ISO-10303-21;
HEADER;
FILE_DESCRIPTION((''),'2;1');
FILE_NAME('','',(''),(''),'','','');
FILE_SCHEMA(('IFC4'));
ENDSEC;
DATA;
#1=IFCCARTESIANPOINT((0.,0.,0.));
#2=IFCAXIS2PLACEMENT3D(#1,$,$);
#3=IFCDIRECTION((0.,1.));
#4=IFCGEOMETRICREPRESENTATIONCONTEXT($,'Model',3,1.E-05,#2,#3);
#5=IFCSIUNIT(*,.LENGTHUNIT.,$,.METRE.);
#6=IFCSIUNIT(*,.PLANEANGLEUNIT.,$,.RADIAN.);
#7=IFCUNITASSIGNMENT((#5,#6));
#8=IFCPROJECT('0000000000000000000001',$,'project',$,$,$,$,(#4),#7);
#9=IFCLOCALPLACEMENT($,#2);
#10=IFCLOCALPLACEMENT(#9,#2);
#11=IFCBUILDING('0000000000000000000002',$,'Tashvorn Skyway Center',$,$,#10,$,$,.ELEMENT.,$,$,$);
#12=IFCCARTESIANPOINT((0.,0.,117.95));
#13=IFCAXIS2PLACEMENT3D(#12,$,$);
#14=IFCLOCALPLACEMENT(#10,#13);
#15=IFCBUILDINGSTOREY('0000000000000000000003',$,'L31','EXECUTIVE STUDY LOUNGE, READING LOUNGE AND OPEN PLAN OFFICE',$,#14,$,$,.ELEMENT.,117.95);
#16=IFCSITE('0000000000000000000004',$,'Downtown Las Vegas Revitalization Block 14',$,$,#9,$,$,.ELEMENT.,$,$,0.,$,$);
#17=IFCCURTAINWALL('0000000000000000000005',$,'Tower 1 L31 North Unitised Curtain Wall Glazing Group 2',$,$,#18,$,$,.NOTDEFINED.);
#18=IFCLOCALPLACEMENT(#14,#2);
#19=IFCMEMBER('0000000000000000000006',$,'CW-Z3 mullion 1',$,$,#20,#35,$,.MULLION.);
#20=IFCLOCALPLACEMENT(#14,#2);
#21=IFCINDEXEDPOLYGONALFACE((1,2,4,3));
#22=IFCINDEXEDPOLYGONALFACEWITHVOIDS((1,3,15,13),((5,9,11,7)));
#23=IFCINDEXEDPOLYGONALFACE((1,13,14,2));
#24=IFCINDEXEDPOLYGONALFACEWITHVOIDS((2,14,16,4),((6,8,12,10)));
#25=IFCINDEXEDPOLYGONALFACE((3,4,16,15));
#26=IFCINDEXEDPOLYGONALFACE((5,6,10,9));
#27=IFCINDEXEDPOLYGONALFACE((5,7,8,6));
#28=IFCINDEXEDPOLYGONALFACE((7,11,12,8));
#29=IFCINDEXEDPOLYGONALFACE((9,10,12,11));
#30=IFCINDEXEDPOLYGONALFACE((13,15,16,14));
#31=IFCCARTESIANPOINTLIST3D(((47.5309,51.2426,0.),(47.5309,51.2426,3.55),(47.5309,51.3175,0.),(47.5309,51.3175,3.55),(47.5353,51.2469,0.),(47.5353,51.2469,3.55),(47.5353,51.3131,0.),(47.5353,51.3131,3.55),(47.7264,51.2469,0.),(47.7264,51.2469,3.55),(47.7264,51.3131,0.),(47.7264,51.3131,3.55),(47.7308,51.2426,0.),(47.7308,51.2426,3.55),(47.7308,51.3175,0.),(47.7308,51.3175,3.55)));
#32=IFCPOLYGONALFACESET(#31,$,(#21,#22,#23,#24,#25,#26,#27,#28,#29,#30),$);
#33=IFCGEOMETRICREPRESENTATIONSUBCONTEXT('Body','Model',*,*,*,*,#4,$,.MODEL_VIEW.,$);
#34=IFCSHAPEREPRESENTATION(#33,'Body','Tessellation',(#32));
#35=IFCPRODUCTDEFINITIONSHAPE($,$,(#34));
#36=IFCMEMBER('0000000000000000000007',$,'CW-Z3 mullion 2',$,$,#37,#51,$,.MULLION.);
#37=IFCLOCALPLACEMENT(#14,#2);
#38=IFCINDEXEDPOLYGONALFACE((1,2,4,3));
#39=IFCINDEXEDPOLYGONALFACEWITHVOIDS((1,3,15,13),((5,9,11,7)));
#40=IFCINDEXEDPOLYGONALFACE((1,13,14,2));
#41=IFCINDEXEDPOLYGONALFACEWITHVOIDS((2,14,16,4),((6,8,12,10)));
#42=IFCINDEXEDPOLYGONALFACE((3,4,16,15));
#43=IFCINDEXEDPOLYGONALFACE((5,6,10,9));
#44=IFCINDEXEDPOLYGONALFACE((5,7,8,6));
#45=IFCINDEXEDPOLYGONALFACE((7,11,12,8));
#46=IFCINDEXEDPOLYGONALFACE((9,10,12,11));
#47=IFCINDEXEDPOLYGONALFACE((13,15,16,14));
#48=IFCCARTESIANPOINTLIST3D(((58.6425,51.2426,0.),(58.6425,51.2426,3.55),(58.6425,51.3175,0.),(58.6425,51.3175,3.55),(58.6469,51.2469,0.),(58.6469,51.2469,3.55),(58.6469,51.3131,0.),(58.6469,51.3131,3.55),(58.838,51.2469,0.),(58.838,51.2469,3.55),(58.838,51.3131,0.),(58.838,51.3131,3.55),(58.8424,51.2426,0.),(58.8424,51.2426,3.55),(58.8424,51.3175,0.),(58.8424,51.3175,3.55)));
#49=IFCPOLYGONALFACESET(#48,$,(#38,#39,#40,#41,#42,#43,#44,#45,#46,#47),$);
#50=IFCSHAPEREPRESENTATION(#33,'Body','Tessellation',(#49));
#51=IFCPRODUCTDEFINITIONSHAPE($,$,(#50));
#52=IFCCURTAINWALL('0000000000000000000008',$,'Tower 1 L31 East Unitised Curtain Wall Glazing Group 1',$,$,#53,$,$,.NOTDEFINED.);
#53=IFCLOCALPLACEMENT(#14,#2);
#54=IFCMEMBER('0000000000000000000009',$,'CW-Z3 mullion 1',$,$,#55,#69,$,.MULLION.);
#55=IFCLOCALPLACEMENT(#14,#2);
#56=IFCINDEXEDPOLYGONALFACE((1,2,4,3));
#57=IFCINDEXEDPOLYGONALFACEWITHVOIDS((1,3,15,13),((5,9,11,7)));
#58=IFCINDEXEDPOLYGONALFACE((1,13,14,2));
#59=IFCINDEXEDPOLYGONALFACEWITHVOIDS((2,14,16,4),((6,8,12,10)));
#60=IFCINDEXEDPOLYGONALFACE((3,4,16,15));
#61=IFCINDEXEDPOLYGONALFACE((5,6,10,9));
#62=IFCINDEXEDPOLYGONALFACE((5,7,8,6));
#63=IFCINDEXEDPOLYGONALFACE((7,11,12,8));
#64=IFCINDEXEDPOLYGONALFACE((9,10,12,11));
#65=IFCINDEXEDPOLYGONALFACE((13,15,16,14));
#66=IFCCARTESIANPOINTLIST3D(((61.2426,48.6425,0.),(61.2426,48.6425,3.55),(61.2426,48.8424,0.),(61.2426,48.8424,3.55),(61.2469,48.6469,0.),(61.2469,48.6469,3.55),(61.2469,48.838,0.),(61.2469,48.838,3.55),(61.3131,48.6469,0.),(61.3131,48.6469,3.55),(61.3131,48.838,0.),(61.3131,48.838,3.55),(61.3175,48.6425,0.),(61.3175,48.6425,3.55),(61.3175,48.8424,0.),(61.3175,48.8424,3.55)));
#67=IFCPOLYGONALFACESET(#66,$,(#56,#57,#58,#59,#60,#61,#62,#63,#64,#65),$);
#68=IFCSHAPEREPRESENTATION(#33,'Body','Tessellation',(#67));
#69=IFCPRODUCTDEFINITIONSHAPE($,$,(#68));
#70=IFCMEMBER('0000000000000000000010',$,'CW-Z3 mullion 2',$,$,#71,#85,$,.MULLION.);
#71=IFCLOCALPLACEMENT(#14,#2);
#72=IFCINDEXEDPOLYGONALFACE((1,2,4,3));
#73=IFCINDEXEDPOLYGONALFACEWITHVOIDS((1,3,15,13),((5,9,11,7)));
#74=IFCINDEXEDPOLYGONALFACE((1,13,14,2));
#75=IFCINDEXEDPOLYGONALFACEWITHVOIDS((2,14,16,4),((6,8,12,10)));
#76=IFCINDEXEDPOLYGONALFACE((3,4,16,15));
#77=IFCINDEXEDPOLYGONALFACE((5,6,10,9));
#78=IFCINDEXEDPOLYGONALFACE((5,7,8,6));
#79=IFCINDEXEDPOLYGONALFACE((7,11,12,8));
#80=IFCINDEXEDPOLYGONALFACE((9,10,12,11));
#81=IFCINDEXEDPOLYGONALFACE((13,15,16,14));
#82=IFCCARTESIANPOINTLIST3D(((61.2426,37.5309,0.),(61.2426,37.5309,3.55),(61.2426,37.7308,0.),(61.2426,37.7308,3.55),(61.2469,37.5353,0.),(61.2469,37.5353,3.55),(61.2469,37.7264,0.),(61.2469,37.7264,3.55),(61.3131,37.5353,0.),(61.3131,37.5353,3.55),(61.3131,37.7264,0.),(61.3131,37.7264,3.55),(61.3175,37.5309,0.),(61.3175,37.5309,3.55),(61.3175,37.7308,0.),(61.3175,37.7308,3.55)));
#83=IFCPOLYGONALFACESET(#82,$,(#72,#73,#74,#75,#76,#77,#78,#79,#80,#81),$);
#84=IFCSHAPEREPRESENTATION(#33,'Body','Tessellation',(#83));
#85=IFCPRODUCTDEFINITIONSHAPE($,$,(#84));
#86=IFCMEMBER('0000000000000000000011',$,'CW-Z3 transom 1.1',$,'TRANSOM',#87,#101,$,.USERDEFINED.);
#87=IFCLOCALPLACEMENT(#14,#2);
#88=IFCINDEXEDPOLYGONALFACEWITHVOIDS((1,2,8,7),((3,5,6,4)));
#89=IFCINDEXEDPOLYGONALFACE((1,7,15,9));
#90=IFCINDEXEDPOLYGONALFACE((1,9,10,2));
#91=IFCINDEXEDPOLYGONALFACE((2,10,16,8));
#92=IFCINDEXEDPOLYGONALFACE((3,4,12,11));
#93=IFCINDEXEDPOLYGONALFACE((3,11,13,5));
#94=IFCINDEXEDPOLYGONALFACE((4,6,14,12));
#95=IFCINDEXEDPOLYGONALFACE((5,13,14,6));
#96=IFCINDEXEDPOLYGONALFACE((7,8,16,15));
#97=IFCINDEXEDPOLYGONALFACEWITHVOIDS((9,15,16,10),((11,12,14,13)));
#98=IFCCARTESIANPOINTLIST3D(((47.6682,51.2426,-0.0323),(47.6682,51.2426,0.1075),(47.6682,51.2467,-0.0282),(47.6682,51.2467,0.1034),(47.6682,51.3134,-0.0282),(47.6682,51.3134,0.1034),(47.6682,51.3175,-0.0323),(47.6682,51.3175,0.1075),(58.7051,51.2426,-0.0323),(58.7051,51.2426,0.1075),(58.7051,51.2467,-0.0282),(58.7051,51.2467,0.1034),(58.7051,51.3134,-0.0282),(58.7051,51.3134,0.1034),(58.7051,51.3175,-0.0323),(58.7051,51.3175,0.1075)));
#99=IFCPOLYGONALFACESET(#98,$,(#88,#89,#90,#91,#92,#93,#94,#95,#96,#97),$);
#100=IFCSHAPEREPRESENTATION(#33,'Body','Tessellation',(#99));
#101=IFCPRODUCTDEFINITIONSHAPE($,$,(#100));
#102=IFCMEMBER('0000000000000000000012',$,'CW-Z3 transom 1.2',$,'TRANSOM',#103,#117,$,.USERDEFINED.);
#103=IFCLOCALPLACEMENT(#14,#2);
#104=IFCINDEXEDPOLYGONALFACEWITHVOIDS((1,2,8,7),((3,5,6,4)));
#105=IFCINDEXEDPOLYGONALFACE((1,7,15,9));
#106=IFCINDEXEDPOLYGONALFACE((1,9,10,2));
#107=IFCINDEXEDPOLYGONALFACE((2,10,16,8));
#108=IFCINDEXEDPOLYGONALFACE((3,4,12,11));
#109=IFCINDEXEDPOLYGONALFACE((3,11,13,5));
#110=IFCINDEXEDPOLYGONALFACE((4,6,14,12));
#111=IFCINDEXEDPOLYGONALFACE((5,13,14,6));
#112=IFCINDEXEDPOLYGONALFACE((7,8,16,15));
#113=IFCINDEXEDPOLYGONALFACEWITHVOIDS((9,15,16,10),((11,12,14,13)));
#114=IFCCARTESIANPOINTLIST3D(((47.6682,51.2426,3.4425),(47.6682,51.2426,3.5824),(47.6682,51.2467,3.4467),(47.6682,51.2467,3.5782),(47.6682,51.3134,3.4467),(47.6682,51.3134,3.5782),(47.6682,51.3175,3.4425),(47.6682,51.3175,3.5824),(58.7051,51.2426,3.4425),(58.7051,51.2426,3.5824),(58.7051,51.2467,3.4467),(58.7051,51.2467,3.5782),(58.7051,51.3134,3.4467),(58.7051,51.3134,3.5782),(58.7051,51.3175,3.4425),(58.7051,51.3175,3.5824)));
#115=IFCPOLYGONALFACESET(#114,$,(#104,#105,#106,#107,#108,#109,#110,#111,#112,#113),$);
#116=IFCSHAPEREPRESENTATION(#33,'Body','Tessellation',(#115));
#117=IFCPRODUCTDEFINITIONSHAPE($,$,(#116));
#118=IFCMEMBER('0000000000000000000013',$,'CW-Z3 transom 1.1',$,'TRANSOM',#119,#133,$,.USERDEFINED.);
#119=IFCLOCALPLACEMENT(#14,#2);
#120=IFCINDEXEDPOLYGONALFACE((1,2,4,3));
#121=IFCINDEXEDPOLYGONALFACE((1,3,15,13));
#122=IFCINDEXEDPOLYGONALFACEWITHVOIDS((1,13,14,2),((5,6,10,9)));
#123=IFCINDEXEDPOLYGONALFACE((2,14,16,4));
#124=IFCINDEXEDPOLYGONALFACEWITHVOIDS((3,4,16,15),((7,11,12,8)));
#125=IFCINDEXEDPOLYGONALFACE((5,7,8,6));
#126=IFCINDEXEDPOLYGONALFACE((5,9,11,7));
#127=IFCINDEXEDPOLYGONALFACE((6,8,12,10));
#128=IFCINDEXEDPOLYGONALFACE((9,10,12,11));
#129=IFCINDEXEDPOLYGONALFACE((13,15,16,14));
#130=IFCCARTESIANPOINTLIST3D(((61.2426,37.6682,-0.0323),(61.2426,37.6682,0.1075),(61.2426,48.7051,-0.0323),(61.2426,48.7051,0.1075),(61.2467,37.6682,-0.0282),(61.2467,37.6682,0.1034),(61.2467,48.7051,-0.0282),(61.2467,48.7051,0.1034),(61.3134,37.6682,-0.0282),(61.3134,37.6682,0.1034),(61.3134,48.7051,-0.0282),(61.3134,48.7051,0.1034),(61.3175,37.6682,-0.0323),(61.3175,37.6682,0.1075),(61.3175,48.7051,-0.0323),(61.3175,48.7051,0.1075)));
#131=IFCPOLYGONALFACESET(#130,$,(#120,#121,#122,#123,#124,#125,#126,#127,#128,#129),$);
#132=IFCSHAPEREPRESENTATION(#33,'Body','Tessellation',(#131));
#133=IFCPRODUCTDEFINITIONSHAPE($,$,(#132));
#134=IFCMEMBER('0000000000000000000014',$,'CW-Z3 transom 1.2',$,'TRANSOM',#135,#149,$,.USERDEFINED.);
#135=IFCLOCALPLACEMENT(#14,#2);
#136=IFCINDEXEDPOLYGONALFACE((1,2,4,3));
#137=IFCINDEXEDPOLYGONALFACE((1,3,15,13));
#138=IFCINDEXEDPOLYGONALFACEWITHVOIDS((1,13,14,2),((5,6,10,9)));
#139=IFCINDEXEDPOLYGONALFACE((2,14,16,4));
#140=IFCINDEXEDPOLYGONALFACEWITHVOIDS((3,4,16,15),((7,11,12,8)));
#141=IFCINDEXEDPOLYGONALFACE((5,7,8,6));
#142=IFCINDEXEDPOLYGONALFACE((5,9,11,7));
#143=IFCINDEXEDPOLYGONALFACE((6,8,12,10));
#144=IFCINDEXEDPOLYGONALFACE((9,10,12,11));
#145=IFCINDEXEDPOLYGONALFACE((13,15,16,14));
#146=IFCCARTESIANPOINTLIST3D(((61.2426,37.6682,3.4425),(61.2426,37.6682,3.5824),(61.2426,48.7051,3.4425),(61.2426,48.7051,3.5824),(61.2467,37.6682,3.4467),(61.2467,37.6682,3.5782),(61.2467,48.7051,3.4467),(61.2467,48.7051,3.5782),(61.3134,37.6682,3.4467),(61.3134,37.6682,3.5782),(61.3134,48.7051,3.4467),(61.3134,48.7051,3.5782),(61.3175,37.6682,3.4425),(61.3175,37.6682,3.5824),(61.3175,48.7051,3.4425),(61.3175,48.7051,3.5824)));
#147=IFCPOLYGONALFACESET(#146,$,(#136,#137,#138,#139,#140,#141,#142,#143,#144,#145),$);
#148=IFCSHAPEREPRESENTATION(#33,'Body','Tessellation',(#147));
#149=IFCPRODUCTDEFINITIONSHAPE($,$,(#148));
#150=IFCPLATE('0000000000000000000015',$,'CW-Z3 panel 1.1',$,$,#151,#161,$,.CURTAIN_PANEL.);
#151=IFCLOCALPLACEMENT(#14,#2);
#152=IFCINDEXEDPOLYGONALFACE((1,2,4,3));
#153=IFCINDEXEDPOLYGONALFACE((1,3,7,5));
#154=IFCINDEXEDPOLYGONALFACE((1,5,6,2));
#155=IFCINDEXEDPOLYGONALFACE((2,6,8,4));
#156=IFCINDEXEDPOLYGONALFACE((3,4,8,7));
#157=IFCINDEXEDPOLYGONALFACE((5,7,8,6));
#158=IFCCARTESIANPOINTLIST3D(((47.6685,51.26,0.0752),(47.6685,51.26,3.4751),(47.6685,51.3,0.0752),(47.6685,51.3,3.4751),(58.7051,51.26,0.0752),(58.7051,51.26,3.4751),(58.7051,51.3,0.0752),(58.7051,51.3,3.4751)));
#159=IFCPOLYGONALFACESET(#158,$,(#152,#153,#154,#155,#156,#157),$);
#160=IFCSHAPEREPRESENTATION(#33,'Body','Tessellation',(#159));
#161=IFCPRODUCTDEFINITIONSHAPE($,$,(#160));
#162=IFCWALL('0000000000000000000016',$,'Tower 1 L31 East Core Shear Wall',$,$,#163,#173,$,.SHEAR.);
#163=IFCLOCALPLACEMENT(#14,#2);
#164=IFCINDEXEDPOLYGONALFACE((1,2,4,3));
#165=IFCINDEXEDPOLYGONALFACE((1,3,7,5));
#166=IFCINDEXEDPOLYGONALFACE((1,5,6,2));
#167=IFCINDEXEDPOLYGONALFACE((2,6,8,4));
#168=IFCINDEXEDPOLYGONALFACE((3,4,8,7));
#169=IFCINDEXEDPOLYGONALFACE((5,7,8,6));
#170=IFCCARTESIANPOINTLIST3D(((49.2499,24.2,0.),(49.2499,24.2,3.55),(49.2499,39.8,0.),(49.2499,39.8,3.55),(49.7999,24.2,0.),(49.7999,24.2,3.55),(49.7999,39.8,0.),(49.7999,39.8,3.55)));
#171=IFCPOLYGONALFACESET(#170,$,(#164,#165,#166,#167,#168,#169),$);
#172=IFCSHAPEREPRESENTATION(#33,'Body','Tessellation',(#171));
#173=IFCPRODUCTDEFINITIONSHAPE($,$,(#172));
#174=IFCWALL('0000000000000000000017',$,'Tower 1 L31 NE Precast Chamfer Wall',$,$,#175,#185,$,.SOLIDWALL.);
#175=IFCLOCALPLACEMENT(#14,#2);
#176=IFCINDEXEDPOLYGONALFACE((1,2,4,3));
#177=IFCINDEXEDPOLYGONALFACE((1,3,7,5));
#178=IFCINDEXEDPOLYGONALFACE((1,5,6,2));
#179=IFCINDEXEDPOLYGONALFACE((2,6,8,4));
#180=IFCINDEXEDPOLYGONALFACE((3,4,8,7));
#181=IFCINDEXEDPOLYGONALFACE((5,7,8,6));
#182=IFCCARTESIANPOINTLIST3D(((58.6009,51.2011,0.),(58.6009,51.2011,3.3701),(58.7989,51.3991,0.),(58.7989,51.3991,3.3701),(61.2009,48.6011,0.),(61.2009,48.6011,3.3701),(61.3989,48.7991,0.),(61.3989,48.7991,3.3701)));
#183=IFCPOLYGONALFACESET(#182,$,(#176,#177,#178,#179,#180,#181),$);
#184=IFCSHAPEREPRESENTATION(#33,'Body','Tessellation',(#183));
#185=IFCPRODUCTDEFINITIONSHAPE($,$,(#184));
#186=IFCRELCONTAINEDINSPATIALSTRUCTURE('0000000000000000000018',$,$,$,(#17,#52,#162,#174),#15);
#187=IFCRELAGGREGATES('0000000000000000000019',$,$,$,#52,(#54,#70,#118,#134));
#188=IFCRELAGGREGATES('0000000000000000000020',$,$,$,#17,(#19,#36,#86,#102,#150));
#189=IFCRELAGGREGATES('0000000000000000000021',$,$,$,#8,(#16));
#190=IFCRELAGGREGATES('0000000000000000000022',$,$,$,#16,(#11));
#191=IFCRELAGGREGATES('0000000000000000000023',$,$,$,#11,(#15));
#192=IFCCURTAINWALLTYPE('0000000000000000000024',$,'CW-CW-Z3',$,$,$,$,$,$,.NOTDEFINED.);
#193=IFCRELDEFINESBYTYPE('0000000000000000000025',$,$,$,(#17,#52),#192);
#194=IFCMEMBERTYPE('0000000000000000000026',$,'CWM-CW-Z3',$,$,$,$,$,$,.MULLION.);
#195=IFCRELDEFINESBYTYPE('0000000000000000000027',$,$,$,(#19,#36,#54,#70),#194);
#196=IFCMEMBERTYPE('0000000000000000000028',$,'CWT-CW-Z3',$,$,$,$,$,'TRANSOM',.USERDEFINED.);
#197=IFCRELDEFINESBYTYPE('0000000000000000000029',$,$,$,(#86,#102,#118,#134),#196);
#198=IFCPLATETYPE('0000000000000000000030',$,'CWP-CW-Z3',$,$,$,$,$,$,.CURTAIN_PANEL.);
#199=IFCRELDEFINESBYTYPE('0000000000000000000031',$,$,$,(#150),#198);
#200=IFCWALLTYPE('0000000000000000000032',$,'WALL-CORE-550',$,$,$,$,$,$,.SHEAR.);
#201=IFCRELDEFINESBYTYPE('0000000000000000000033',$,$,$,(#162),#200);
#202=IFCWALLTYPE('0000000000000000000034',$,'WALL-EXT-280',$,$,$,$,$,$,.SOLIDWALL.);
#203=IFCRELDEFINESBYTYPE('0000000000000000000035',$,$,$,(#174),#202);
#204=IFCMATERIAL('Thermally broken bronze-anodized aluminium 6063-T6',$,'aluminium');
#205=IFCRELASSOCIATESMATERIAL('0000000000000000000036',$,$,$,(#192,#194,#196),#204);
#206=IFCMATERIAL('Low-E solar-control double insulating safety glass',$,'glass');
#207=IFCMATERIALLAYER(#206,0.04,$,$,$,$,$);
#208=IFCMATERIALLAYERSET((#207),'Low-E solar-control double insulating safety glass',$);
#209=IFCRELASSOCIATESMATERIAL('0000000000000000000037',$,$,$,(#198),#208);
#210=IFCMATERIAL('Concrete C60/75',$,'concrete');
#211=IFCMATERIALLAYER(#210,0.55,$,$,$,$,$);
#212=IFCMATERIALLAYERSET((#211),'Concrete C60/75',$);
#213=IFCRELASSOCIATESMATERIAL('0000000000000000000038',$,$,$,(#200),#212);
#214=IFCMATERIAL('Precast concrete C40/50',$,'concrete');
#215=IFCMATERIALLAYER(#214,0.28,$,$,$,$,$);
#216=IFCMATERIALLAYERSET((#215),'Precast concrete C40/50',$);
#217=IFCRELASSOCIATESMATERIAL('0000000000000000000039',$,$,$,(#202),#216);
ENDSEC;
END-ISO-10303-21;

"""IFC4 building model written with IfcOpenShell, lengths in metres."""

from ifc_helpers import new_model, si_unit, direction, frame, frame_2d, origin, origin_2d, place, context, subcontext, project, spatial, rectangle, hollow_rectangle, extrude, material, layer, layer_set, material_profile, profile_set, type_object, element, aggregate, save


model = new_model("IFC4")

# Units and contexts
model_context = context("Model", 3, precision=1e-05, world=origin(), true_north=direction((0.0, 1.0)))
body_context = subcontext(model_context, "Body", "Model", "MODEL_VIEW")
ifc_project = project(units=[si_unit("LENGTHUNIT", "METRE"), si_unit("PLANEANGLEUNIT", "RADIAN")], contexts=[model_context])

# Site, building, storey
site_placement = place(None, origin())
site = spatial("IfcSite", under=ifc_project, at=site_placement, Name="Downtown Las Vegas Revitalization Block 14", CompositionType="ELEMENT", RefElevation=0.0)
building_placement = place(site_placement, origin())
building = spatial("IfcBuilding", under=site, at=building_placement, Name="Tashvorn Skyway Center", CompositionType="ELEMENT")
storey_placement = place(building_placement, frame((0.0, 0.0, 117.95)))
storey = spatial("IfcBuildingStorey", under=building, at=storey_placement, Name="L31", Description="EXECUTIVE STUDY LOUNGE, READING LOUNGE AND OPEN PLAN OFFICE", CompositionType="ELEMENT", Elevation=117.95)

# Curtain walls, members
ifc_material_1 = material(Name="Thermally broken bronze-anodized aluminium 6063-T6", Category="aluminium")
curtain_wall_type = type_object("IfcCurtainWallType", Name="CW-CW-Z3", PredefinedType="NOTDEFINED", material=ifc_material_1)
curtain_wall_1_placement = place(storey_placement, origin())
curtain_wall_1 = element("IfcCurtainWall", 1, at=curtain_wall_1_placement, inside=storey, type_object=curtain_wall_type, Name="Tower 1 L31 North Unitised Curtain Wall Glazing Group 2", PredefinedType="NOTDEFINED")
ifc_material_profile_1 = material_profile(ifc_material_1, hollow_rectangle(XDim=0.075, YDim=0.2, WallThickness=0.0044, at=origin_2d()), Name="ALU-MULL-75x200")
ifc_profile_set_1 = profile_set([ifc_material_profile_1], Name="Thermally broken bronze-anodized aluminium 6063-T6")
member_type_1 = type_object("IfcMemberType", Name="CWM-CW-Z3", PredefinedType="MULLION", material=ifc_profile_set_1)
member_1_placement = place(storey_placement, frame((47.6309, 51.28, 0.0), z_axis=(0.0, 0.0, 1.0), x_axis=(0.0, 1.0, 0.0)))
member_1 = element("IfcMember", 2, at=member_1_placement, type_object=member_type_1, Name="CW-Z3 mullion 1", PredefinedType="MULLION", context=body_context, shape_type="SweptSolid", body=[
    extrude(hollow_rectangle(XDim=0.075, YDim=0.2, WallThickness=0.0044, at=origin_2d()), origin(), (0.0, 0.0, 1.0), 3.55),
])
member_2_placement = place(storey_placement, frame((58.7424, 51.28, 0.0), z_axis=(0.0, 0.0, 1.0), x_axis=(0.0, 1.0, 0.0)))
member_2 = element("IfcMember", 3, at=member_2_placement, type_object=member_type_1, Name="CW-Z3 mullion 2", PredefinedType="MULLION", context=body_context, shape_type="SweptSolid", body=[
    extrude(hollow_rectangle(XDim=0.075, YDim=0.2, WallThickness=0.0044, at=origin_2d()), origin(), (0.0, 0.0, 1.0), 3.55),
])
curtain_wall_2_placement = place(storey_placement, origin())
curtain_wall_2 = element("IfcCurtainWall", 4, at=curtain_wall_2_placement, inside=storey, type_object=curtain_wall_type, Name="Tower 1 L31 East Unitised Curtain Wall Glazing Group 1", PredefinedType="NOTDEFINED")
member_3_placement = place(storey_placement, frame((61.28, 48.7424, 0.0), z_axis=(0.0, 0.0, 1.0), x_axis=(1.0, 0.0, 0.0)))
member_3 = element("IfcMember", 5, at=member_3_placement, type_object=member_type_1, Name="CW-Z3 mullion 1", PredefinedType="MULLION", context=body_context, shape_type="SweptSolid", body=[
    extrude(hollow_rectangle(XDim=0.075, YDim=0.2, WallThickness=0.0044, at=origin_2d()), origin(), (0.0, 0.0, 1.0), 3.55),
])
member_4_placement = place(storey_placement, frame((61.28, 37.6309, 0.0), z_axis=(0.0, 0.0, 1.0), x_axis=(1.0, 0.0, 0.0)))
member_4 = element("IfcMember", 6, at=member_4_placement, type_object=member_type_1, Name="CW-Z3 mullion 2", PredefinedType="MULLION", context=body_context, shape_type="SweptSolid", body=[
    extrude(hollow_rectangle(XDim=0.075, YDim=0.2, WallThickness=0.0044, at=origin_2d()), origin(), (0.0, 0.0, 1.0), 3.55),
])

# Members
ifc_material_profile_2 = material_profile(ifc_material_1, hollow_rectangle(XDim=0.075, YDim=0.1399, WallThickness=0.0042, at=origin_2d()), Name="ALU-TRAN-75x140")
ifc_profile_set_2 = profile_set([ifc_material_profile_2], Name="Thermally broken bronze-anodized aluminium 6063-T6")
member_type_2 = type_object("IfcMemberType", Name="CWT-CW-Z3", ElementType="TRANSOM", PredefinedType="USERDEFINED", material=ifc_profile_set_2)
member_5_placement = place(storey_placement, frame((47.6682, 51.28, 0.0376), z_axis=(1.0, 0.0, 0.0), x_axis=(0.0, 1.0, 0.0)))
member_5 = element("IfcMember", 7, at=member_5_placement, type_object=member_type_2, Name="CW-Z3 transom 1.1", ObjectType="TRANSOM", PredefinedType="USERDEFINED", context=body_context, shape_type="SweptSolid", body=[
    extrude(hollow_rectangle(XDim=0.075, YDim=0.1399, WallThickness=0.0042, at=origin_2d()), origin(), (0.0, 0.0, 1.0), 11.0369),
])
member_6_placement = place(storey_placement, frame((47.6682, 51.28, 3.5125), z_axis=(1.0, 0.0, 0.0), x_axis=(0.0, 1.0, 0.0)))
member_6 = element("IfcMember", 8, at=member_6_placement, type_object=member_type_2, Name="CW-Z3 transom 1.2", ObjectType="TRANSOM", PredefinedType="USERDEFINED", context=body_context, shape_type="SweptSolid", body=[
    extrude(hollow_rectangle(XDim=0.075, YDim=0.1399, WallThickness=0.0042, at=origin_2d()), origin(), (0.0, 0.0, 1.0), 11.0369),
])
member_7_placement = place(storey_placement, frame((61.28, 48.7051, 0.0376), z_axis=(0.0, -1.0, 0.0), x_axis=(1.0, 0.0, 0.0)))
member_7 = element("IfcMember", 9, at=member_7_placement, type_object=member_type_2, Name="CW-Z3 transom 1.1", ObjectType="TRANSOM", PredefinedType="USERDEFINED", context=body_context, shape_type="SweptSolid", body=[
    extrude(hollow_rectangle(XDim=0.075, YDim=0.1399, WallThickness=0.0042, at=origin_2d()), origin(), (0.0, 0.0, 1.0), 11.0369),
])
member_8_placement = place(storey_placement, frame((61.28, 48.7051, 3.5125), z_axis=(0.0, -1.0, 0.0), x_axis=(1.0, 0.0, 0.0)))
member_8 = element("IfcMember", 10, at=member_8_placement, type_object=member_type_2, Name="CW-Z3 transom 1.2", ObjectType="TRANSOM", PredefinedType="USERDEFINED", context=body_context, shape_type="SweptSolid", body=[
    extrude(hollow_rectangle(XDim=0.075, YDim=0.1399, WallThickness=0.0042, at=origin_2d()), origin(), (0.0, 0.0, 1.0), 11.0369),
])
aggregate(curtain_wall_2, [member_3, member_4, member_7, member_8])

# Plate
ifc_material_2 = material(Name="Low-E solar-control double insulating safety glass", Category="glass")
ifc_layer_1 = layer(ifc_material_2, 0.04)
ifc_layer_set_1 = layer_set([ifc_layer_1], Name="Low-E solar-control double insulating safety glass")
plate_type = type_object("IfcPlateType", Name="CWP-CW-Z3", PredefinedType="CURTAIN_PANEL", material=ifc_layer_set_1)
plate_placement = place(storey_placement, frame((53.1868, 51.28, 0.0752), z_axis=(0.0, 0.0, 1.0), x_axis=(1.0, 0.0, 0.0)))
plate = element("IfcPlate", 11, at=plate_placement, type_object=plate_type, Name="CW-Z3 panel 1.1", PredefinedType="CURTAIN_PANEL", context=body_context, shape_type="SweptSolid", body=[
    extrude(rectangle(XDim=11.0366, YDim=0.04, at=origin_2d()), origin(), (0.0, 0.0, 1.0), 3.3999),
])
aggregate(curtain_wall_1, [member_1, member_2, member_5, member_6, plate])

# Walls
ifc_material_3 = material(Name="Concrete C60/75", Category="concrete")
ifc_layer_2 = layer(ifc_material_3, 0.55)
ifc_layer_set_2 = layer_set([ifc_layer_2], Name="Concrete C60/75")
wall_type_1 = type_object("IfcWallType", Name="WALL-CORE-550", PredefinedType="SHEAR", material=ifc_layer_set_2)
wall_1_placement = place(storey_placement, frame((49.5249, 39.8, 0.0), z_axis=(0.0, 0.0, 1.0), x_axis=(0.0, -1.0, 0.0)))
element("IfcWall", 12, at=wall_1_placement, inside=storey, type_object=wall_type_1, Name="Tower 1 L31 East Core Shear Wall", PredefinedType="SHEAR", context=body_context, shape_type="SweptSolid", body=[
    extrude(rectangle(XDim=15.6001, YDim=0.55, at=frame_2d((7.8, 0.0))), origin(), (0.0, 0.0, 1.0), 3.55),
])
ifc_material_4 = material(Name="Precast concrete C40/50", Category="concrete")
ifc_layer_3 = layer(ifc_material_4, 0.28)
ifc_layer_set_3 = layer_set([ifc_layer_3], Name="Precast concrete C40/50")
wall_type_2 = type_object("IfcWallType", Name="WALL-EXT-280", PredefinedType="SOLIDWALL", material=ifc_layer_set_3)
wall_2_placement = place(storey_placement, frame((58.7, 51.3, 0.0), z_axis=(0.0, 0.0, 1.0), x_axis=(0.707107, -0.707107, 0.0)))
element("IfcWall", 13, at=wall_2_placement, inside=storey, type_object=wall_type_2, Name="Tower 1 L31 NE Precast Chamfer Wall", PredefinedType="SOLIDWALL", context=body_context, shape_type="SweptSolid", body=[
    extrude(rectangle(XDim=3.677, YDim=0.28, at=frame_2d((1.8384, 0.0))), origin(), (0.0, 0.0, 1.0), 3.3701),
])

save(model, "model.ifc")
